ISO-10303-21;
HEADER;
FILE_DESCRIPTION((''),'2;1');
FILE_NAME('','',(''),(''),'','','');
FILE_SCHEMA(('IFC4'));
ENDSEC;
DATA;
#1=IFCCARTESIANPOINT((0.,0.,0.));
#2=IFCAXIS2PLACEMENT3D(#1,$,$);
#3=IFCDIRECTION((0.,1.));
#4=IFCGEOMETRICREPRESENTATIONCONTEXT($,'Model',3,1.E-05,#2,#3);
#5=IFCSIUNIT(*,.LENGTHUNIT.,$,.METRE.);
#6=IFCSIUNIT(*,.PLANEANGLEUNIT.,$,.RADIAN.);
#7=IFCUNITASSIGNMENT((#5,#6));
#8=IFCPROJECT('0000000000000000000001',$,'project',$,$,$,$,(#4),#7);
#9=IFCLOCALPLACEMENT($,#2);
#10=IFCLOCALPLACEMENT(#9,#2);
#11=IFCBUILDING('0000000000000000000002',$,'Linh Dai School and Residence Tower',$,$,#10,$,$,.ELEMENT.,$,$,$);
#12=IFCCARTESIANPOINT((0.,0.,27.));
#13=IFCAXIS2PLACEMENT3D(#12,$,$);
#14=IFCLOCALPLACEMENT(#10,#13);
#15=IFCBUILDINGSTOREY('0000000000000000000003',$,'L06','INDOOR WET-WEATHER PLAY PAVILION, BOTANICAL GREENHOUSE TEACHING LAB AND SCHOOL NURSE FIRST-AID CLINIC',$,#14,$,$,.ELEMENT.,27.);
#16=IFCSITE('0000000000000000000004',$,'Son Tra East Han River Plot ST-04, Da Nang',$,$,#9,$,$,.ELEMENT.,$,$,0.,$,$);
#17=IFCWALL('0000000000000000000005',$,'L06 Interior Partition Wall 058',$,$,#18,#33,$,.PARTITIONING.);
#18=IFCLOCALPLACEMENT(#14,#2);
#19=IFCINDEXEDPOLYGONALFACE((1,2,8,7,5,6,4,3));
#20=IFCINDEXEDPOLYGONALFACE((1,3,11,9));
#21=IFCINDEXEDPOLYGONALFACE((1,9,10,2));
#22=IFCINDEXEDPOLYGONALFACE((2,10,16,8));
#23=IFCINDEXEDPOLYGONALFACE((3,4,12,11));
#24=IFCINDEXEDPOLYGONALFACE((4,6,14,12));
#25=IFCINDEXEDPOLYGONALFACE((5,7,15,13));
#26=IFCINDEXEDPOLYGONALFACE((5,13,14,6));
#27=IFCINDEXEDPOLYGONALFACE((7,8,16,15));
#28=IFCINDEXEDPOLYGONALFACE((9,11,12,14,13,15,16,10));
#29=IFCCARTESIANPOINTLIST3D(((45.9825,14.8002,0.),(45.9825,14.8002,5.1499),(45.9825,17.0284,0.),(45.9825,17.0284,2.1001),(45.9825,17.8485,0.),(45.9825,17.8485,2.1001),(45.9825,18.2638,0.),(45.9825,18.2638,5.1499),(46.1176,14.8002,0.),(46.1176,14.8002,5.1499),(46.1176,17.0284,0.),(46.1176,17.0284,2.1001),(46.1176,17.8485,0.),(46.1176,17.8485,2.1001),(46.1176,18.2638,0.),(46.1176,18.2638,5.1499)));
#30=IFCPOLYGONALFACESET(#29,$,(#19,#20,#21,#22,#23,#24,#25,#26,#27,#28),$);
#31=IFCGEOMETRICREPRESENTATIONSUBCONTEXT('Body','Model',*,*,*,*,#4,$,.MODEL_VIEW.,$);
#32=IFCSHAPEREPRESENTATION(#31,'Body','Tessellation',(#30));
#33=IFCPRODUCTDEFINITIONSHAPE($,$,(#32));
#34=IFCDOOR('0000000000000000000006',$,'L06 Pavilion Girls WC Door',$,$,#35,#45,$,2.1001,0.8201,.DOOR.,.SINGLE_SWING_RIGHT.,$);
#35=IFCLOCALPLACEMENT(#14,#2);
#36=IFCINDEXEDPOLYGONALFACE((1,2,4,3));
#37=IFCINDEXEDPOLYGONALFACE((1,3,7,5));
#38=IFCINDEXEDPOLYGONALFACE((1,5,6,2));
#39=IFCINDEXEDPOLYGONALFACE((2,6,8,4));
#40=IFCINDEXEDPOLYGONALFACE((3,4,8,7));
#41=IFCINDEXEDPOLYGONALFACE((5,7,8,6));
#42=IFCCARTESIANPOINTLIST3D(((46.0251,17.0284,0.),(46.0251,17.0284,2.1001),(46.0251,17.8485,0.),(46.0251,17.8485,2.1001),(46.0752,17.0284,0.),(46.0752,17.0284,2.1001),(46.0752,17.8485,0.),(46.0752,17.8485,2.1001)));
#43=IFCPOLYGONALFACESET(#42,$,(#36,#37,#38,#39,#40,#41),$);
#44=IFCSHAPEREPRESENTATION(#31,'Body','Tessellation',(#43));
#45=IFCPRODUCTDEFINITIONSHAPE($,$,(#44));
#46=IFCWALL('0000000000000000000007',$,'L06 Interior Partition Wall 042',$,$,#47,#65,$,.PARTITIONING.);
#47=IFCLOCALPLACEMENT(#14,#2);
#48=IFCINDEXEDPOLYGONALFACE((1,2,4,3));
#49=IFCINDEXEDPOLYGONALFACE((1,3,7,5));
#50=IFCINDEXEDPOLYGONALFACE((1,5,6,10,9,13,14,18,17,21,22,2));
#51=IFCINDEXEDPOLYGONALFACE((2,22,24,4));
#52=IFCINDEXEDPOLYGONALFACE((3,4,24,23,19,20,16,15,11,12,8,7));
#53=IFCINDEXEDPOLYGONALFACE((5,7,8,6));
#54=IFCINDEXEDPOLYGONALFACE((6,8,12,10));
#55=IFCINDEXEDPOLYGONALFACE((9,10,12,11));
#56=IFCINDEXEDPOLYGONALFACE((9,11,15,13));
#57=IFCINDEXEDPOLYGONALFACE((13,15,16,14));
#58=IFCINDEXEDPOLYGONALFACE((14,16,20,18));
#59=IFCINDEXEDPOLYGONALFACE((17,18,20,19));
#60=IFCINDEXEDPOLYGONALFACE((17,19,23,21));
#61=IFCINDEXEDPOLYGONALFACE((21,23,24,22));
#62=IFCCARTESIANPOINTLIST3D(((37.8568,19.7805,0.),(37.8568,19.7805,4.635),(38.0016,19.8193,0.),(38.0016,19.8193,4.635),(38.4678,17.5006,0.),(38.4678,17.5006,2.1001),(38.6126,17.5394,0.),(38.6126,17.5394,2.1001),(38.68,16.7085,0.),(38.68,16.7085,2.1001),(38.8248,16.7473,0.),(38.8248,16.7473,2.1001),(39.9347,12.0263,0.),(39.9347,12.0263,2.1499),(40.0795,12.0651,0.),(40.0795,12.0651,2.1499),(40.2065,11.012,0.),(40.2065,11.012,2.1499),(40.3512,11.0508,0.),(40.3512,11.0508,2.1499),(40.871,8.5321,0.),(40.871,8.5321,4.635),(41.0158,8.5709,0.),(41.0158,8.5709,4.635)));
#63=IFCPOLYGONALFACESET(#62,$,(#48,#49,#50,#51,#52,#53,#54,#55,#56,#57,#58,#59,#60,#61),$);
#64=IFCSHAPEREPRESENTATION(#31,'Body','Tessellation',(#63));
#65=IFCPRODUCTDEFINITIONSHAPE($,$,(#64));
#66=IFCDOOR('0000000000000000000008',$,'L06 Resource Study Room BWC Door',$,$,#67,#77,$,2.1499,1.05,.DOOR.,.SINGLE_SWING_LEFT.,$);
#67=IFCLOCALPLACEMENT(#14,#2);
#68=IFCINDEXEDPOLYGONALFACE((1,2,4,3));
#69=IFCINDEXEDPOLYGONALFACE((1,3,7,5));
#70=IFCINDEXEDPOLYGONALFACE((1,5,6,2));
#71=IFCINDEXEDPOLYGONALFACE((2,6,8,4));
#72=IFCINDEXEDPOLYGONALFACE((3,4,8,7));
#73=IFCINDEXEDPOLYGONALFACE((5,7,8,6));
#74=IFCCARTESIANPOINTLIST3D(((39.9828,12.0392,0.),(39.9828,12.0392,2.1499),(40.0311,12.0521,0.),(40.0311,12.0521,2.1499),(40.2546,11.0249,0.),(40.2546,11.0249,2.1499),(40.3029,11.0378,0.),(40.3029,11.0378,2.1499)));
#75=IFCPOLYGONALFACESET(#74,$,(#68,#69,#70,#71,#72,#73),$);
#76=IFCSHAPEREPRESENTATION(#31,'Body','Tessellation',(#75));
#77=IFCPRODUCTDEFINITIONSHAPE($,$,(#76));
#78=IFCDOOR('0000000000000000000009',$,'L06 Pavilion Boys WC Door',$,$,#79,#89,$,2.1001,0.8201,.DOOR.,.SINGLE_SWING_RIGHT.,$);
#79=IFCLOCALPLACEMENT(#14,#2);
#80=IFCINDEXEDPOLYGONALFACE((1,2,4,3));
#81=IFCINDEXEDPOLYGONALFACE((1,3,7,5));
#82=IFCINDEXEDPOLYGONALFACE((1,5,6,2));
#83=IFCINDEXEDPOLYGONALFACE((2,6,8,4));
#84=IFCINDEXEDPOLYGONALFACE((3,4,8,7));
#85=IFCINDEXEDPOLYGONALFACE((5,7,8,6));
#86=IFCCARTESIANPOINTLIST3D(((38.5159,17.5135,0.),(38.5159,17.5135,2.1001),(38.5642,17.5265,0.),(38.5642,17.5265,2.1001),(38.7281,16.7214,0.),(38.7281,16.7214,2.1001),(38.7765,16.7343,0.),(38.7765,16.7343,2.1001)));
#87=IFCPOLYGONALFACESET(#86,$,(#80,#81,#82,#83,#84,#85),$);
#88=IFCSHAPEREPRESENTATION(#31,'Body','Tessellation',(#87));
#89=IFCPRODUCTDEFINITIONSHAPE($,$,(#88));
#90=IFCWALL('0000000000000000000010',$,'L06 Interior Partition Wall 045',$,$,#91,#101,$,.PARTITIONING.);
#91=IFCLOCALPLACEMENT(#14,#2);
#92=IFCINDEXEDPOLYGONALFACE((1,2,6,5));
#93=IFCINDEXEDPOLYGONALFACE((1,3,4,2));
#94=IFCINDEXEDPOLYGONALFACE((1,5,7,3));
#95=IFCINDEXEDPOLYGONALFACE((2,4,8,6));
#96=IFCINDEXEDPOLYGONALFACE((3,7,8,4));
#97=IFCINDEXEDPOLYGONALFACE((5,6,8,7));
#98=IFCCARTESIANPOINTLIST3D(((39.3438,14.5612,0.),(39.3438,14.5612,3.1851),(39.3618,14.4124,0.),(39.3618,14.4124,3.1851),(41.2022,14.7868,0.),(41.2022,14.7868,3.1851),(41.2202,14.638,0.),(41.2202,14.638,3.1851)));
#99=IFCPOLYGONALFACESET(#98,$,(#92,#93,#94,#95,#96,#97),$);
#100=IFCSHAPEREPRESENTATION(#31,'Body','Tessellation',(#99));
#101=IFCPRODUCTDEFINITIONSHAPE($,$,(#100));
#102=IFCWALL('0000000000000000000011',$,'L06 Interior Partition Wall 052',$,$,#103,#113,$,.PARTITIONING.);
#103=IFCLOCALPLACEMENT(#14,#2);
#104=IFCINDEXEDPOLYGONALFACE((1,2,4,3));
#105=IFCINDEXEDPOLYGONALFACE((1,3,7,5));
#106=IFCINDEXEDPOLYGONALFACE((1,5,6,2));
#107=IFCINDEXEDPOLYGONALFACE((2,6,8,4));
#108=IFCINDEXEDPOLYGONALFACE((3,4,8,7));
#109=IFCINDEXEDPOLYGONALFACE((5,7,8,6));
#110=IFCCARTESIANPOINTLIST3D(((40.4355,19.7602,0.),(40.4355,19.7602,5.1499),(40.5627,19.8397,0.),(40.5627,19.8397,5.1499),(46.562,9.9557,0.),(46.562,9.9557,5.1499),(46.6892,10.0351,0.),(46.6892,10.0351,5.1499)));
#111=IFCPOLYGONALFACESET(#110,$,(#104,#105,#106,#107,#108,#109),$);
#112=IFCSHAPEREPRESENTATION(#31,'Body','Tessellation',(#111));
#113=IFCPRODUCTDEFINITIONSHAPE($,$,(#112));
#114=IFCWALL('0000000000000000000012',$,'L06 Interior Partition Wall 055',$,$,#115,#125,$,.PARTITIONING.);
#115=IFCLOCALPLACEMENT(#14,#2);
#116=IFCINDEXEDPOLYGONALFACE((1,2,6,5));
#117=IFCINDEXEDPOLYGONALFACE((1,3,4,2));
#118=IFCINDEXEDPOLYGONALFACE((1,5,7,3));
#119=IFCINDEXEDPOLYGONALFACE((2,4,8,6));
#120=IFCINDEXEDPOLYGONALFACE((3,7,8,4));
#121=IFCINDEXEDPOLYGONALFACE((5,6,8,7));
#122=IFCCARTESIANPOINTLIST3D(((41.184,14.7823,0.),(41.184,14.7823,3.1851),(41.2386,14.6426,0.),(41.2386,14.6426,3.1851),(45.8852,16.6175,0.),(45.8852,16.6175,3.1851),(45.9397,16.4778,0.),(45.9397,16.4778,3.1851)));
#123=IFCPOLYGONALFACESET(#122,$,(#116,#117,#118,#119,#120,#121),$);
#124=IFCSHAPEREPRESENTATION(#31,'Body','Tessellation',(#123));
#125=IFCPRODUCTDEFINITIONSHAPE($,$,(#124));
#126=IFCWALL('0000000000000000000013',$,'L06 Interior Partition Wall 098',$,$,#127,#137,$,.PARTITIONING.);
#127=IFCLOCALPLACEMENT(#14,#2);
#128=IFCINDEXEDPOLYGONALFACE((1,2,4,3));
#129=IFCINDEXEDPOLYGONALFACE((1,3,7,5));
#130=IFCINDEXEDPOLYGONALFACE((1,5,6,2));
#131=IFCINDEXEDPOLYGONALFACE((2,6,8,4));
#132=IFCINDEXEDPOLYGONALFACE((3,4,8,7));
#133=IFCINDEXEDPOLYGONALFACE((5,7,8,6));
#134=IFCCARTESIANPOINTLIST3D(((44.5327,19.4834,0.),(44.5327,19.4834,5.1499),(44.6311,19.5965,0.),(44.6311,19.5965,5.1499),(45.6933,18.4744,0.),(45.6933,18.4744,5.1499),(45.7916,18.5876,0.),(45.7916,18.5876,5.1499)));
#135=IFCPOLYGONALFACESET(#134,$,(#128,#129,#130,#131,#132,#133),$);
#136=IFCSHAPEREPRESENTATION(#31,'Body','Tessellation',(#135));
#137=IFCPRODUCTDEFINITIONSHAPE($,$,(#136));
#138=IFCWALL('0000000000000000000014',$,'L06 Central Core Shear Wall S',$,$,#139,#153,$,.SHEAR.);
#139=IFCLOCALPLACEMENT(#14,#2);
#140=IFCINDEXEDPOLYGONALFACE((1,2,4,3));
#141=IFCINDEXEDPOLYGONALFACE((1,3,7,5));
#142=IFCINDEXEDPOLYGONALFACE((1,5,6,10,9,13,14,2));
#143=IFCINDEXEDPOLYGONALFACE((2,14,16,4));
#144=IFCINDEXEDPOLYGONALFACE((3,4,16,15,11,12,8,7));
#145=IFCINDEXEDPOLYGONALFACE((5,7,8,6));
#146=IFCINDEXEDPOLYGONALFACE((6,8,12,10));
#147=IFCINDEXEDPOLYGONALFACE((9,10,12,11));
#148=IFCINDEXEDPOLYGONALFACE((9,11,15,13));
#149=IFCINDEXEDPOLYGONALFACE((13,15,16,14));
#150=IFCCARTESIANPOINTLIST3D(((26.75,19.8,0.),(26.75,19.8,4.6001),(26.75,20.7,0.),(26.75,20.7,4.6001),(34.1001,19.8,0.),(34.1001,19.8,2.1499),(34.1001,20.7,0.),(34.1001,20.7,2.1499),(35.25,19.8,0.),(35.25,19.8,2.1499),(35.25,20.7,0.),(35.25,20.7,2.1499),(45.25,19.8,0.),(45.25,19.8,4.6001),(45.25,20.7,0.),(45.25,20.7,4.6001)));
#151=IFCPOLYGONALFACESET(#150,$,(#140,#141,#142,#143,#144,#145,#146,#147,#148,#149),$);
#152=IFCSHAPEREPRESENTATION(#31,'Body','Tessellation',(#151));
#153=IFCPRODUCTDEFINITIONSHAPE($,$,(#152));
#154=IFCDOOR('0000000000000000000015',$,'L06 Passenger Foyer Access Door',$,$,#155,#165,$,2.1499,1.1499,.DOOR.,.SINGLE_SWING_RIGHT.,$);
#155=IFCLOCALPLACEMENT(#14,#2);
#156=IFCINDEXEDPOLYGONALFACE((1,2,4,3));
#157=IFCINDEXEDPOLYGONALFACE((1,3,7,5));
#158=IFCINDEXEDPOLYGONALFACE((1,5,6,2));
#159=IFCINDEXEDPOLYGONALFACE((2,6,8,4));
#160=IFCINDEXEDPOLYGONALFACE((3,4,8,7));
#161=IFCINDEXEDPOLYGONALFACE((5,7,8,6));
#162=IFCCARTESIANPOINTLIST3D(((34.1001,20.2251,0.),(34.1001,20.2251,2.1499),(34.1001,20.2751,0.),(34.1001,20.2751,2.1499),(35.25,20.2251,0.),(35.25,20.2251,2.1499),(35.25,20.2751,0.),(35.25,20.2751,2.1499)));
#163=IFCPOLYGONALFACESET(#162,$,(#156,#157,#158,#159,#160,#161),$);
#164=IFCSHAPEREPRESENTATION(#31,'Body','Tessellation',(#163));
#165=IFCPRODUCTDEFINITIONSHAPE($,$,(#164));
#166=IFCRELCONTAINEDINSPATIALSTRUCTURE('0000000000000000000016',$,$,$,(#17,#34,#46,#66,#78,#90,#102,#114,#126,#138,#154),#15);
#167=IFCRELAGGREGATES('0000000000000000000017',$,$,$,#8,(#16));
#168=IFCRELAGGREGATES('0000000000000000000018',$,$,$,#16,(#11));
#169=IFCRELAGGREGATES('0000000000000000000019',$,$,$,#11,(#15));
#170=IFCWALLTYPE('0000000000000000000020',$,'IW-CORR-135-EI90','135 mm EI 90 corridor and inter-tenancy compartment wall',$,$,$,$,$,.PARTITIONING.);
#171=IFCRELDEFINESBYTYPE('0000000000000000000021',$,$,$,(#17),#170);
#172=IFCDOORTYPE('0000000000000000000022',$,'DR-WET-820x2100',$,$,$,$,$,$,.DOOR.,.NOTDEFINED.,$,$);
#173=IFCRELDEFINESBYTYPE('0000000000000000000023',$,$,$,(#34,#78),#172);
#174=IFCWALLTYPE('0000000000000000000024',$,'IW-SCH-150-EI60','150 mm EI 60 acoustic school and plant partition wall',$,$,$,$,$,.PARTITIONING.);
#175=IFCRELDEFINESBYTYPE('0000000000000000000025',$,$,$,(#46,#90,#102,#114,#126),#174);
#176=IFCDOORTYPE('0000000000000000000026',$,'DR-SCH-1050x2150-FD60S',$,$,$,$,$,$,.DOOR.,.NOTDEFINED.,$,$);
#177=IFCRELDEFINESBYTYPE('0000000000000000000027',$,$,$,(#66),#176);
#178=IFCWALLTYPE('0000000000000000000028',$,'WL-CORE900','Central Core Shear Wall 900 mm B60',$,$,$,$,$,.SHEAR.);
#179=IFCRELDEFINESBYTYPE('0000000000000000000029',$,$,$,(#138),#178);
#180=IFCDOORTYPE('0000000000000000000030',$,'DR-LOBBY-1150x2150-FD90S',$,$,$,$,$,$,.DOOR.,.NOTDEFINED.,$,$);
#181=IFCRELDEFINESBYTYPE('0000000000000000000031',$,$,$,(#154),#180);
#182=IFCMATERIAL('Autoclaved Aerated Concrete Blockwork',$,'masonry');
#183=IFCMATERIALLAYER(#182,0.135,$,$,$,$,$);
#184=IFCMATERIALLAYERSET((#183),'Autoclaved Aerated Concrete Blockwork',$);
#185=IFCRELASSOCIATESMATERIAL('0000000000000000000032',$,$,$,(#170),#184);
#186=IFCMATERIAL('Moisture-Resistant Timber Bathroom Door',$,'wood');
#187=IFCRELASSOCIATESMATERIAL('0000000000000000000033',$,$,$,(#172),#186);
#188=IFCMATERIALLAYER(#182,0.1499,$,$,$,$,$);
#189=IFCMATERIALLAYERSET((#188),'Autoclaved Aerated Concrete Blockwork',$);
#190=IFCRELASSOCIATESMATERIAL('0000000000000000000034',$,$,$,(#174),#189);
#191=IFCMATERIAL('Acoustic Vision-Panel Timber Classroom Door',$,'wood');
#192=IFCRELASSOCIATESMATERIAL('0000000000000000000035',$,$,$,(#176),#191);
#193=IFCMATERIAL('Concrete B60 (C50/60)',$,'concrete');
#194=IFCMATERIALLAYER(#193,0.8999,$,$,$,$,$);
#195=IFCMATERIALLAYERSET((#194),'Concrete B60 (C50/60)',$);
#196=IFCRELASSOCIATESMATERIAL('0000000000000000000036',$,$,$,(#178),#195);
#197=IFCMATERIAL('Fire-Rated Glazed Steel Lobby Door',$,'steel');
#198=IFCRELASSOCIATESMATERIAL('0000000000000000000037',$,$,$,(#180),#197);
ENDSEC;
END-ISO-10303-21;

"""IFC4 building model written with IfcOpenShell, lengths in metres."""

from ifc_helpers import new_model, si_unit, direction, frame, frame_2d, origin, origin_2d, place, context, subcontext, project, spatial, rectangle, extrude, source, transform, mapped, material, layer, layer_set, type_object, element, fill, save


model = new_model("IFC4")

# Units and contexts
model_context = context("Model", 3, precision=1e-05, world=origin(), true_north=direction((0.0, 1.0)))
body_context = subcontext(model_context, "Body", "Model", "MODEL_VIEW")
ifc_project = project(units=[si_unit("LENGTHUNIT", "METRE"), si_unit("PLANEANGLEUNIT", "RADIAN")], contexts=[model_context])

# Site, building, storey
site_placement = place(None, origin())
site = spatial("IfcSite", under=ifc_project, at=site_placement, Name="Son Tra East Han River Plot ST-04, Da Nang", CompositionType="ELEMENT", RefElevation=0.0)
building_placement = place(site_placement, origin())
building = spatial("IfcBuilding", under=site, at=building_placement, Name="Linh Dai School and Residence Tower", CompositionType="ELEMENT")
storey_placement = place(building_placement, frame((0.0, 0.0, 27.0)))
storey = spatial("IfcBuildingStorey", under=building, at=storey_placement, Name="L06", Description="INDOOR WET-WEATHER PLAY PAVILION, BOTANICAL GREENHOUSE TEACHING LAB AND SCHOOL NURSE FIRST-AID CLINIC", CompositionType="ELEMENT", Elevation=27.0)

# Shared definitions
ifc_material_1 = material(Name="Autoclaved Aerated Concrete Blockwork", Category="masonry")
ifc_layer_1 = layer(ifc_material_1, 0.135)
ifc_layer_set_1 = layer_set([ifc_layer_1], Name="Autoclaved Aerated Concrete Blockwork")
wall_type_1 = type_object("IfcWallType", Name="IW-CORR-135-EI90", Description="135 mm EI 90 corridor and inter-tenancy compartment wall", PredefinedType="PARTITIONING", material=ifc_layer_set_1)

# Wall, opening, door
wall_1_placement = place(storey_placement, frame((46.05, 14.8, 0.0), z_axis=(0.0, 0.0, 1.0), x_axis=(0.0, 1.0, 0.0)))
wall_1 = element("IfcWall", 1, at=wall_1_placement, inside=storey, type_object=wall_type_1, Name="L06 Interior Partition Wall 058", PredefinedType="PARTITIONING", context=body_context, shape_type="SweptSolid", body=[
    extrude(rectangle(XDim=3.4636, YDim=0.135, at=frame_2d((1.7319, 0.0))), origin(), (0.0, 0.0, 1.0), 5.1499),
])
opening_1_placement = place(wall_1_placement, frame((2.2283, 0.0, 0.0)))
opening_1 = element("IfcOpeningElement", 2, at=opening_1_placement, cuts=wall_1, PredefinedType="OPENING", context=body_context, shape_type="SweptSolid", body=[
    extrude(rectangle(XDim=0.8201, YDim=2.1001, at=origin_2d()), frame((0.4102, 0.0776, 1.05), z_axis=(0.0, -1.0, 0.0), x_axis=(1.0, 0.0, 0.0)), (0.0, 0.0, 1.0), 0.155),
])
ifc_material_2 = material(Name="Moisture-Resistant Timber Bathroom Door", Category="wood")
door_type_1 = type_object("IfcDoorType", Name="DR-WET-820x2100", OperationType="NOTDEFINED", PredefinedType="DOOR", material=ifc_material_2)
shared_shape_1 = source(origin(), body_context, "Body", "SweptSolid", [
    extrude(rectangle(XDim=0.8201, YDim=2.1001, at=origin_2d()), frame((0.4102, 0.0249, 1.05), z_axis=(0.0, -1.0, 0.0), x_axis=(1.0, 0.0, 0.0)), (0.0, 0.0, 1.0), 0.05),
])
door_1_placement = place(opening_1_placement, origin())
door_1 = element("IfcDoor", 3, at=door_1_placement, inside=storey, type_object=door_type_1, Name="L06 Pavilion Girls WC Door", OperationType="SINGLE_SWING_RIGHT", OverallHeight=2.1001, OverallWidth=0.8201, PredefinedType="DOOR", context=body_context, shape_type="MappedRepresentation", body=[
    mapped(shared_shape_1, transform((0.0, 0.0, 0.0), x_axis=(1.0, 0.0, 0.0), y_axis=(0.0, 1.0, 0.0), z_axis=(0.0, 0.0, 1.0), scale=1.0)),
])
fill(opening_1, door_1)

# Wall, openings, doors
ifc_layer_2 = layer(ifc_material_1, 0.1499)
ifc_layer_set_2 = layer_set([ifc_layer_2], Name="Autoclaved Aerated Concrete Blockwork")
wall_type_2 = type_object("IfcWallType", Name="IW-SCH-150-EI60", Description="150 mm EI 60 acoustic school and plant partition wall", PredefinedType="PARTITIONING", material=ifc_layer_set_2)
wall_2_placement = place(storey_placement, frame((37.9292, 19.8, 0.0), z_axis=(0.0, 0.0, 1.0), x_axis=(0.258829, -0.965923, 0.0)))
wall_2 = element("IfcWall", 4, at=wall_2_placement, inside=storey, type_object=wall_type_2, Name="L06 Interior Partition Wall 042", PredefinedType="PARTITIONING", context=body_context, shape_type="SweptSolid", body=[
    extrude(rectangle(XDim=11.6453, YDim=0.1499, at=frame_2d((5.8228, 0.0))), origin(), (0.0, 0.0, 1.0), 4.635),
])
opening_2_placement = place(wall_2_placement, frame((2.3604, 0.0, 0.0)))
opening_2 = element("IfcOpeningElement", 5, at=opening_2_placement, cuts=wall_2, PredefinedType="OPENING", context=body_context, shape_type="SweptSolid", body=[
    extrude(rectangle(XDim=0.8201, YDim=2.1001, at=origin_2d()), frame((0.4102, 0.085, 1.05), z_axis=(0.0, -1.0, 0.0), x_axis=(1.0, 0.0, 0.0)), (0.0, 0.0, 1.0), 0.1699),
])
opening_3_placement = place(wall_2_placement, frame((8.0281, 0.0, 0.0)))
opening_3 = element("IfcOpeningElement", 6, at=opening_3_placement, cuts=wall_2, PredefinedType="OPENING", context=body_context, shape_type="SweptSolid", body=[
    extrude(rectangle(XDim=1.05, YDim=2.1499, at=origin_2d()), frame((0.5249, 0.085, 1.075), z_axis=(0.0, -1.0, 0.0), x_axis=(1.0, 0.0, 0.0)), (0.0, 0.0, 1.0), 0.1699),
])
ifc_material_3 = material(Name="Acoustic Vision-Panel Timber Classroom Door", Category="wood")
door_type_2 = type_object("IfcDoorType", Name="DR-SCH-1050x2150-FD60S", OperationType="NOTDEFINED", PredefinedType="DOOR", material=ifc_material_3)
shared_shape_2 = source(origin(), body_context, "Body", "SweptSolid", [
    extrude(rectangle(XDim=1.05, YDim=2.1499, at=origin_2d()), frame((0.5249, 0.0249, 1.075), z_axis=(0.0, -1.0, 0.0), x_axis=(1.0, 0.0, 0.0)), (0.0, 0.0, 1.0), 0.05),
])
door_2_placement = place(opening_3_placement, origin())
door_2 = element("IfcDoor", 7, at=door_2_placement, inside=storey, type_object=door_type_2, Name="L06 Resource Study Room BWC Door", OperationType="SINGLE_SWING_LEFT", OverallHeight=2.1499, OverallWidth=1.05, PredefinedType="DOOR", context=body_context, shape_type="MappedRepresentation", body=[
    mapped(shared_shape_2, transform((0.0, 0.0, 0.0), x_axis=(1.0, 0.0, 0.0), y_axis=(0.0, 1.0, 0.0), z_axis=(0.0, 0.0, 1.0), scale=1.0)),
])
fill(opening_3, door_2)
door_3_placement = place(opening_2_placement, origin())
door_3 = element("IfcDoor", 8, at=door_3_placement, inside=storey, type_object=door_type_1, Name="L06 Pavilion Boys WC Door", OperationType="SINGLE_SWING_RIGHT", OverallHeight=2.1001, OverallWidth=0.8201, PredefinedType="DOOR", context=body_context, shape_type="MappedRepresentation", body=[
    mapped(shared_shape_1, transform((0.0, 0.0, 0.0), x_axis=(1.0, 0.0, 0.0), y_axis=(0.0, 1.0, 0.0), z_axis=(0.0, 0.0, 1.0), scale=1.0)),
])
fill(opening_2, door_3)

# Walls
wall_3_placement = place(storey_placement, frame((39.3528, 14.4868, 0.0), z_axis=(0.0, 0.0, 1.0), x_axis=(0.992713, 0.120503, 0.0)))
element("IfcWall", 9, at=wall_3_placement, inside=storey, type_object=wall_type_2, Name="L06 Interior Partition Wall 045", PredefinedType="PARTITIONING", context=body_context, shape_type="SweptSolid", body=[
    extrude(rectangle(XDim=1.8721, YDim=0.1499, at=frame_2d((0.936, 0.0))), origin(), (0.0, 0.0, 1.0), 3.1851),
])
wall_4_placement = place(storey_placement, frame((40.499, 19.8, 0.0), z_axis=(0.0, 0.0, 1.0), x_axis=(0.529917, -0.848049, 0.0)))
element("IfcWall", 10, at=wall_4_placement, inside=storey, type_object=wall_type_2, Name="L06 Interior Partition Wall 052", PredefinedType="PARTITIONING", context=body_context, shape_type="SweptSolid", body=[
    extrude(rectangle(XDim=11.5613, YDim=0.1499, at=frame_2d((5.7808, 0.0))), origin(), (0.0, 0.0, 1.0), 5.1499),
])
wall_5_placement = place(storey_placement, frame((41.2112, 14.7124, 0.0), z_axis=(0.0, 0.0, 1.0), x_axis=(0.931537, 0.363646, 0.0)))
element("IfcWall", 11, at=wall_5_placement, inside=storey, type_object=wall_type_2, Name="L06 Interior Partition Wall 055", PredefinedType="PARTITIONING", context=body_context, shape_type="SweptSolid", body=[
    extrude(rectangle(XDim=5.0466, YDim=0.1499, at=frame_2d((2.5234, 0.0))), origin(), (0.0, 0.0, 1.0), 3.1851),
])
wall_6_placement = place(storey_placement, frame((44.5818, 19.54, 0.0), z_axis=(0.0, 0.0, 1.0), x_axis=(0.754677, -0.656096, 0.0)))
element("IfcWall", 12, at=wall_6_placement, inside=storey, type_object=wall_type_2, Name="L06 Interior Partition Wall 098", PredefinedType="PARTITIONING", context=body_context, shape_type="SweptSolid", body=[
    extrude(rectangle(XDim=1.5378, YDim=0.1499, at=frame_2d((0.769, 0.0))), origin(), (0.0, 0.0, 1.0), 5.1499),
])

# Wall, opening, door
ifc_material_4 = material(Name="Concrete B60 (C50/60)", Category="concrete")
ifc_layer_3 = layer(ifc_material_4, 0.8999)
ifc_layer_set_3 = layer_set([ifc_layer_3], Name="Concrete B60 (C50/60)")
wall_type_3 = type_object("IfcWallType", Name="WL-CORE900", Description="Central Core Shear Wall 900 mm B60", PredefinedType="SHEAR", material=ifc_layer_set_3)
wall_7_placement = place(storey_placement, frame((45.25, 20.25, 0.0), z_axis=(0.0, 0.0, 1.0), x_axis=(-1.0, 0.0, 0.0)))
wall_7 = element("IfcWall", 13, at=wall_7_placement, inside=storey, type_object=wall_type_3, Name="L06 Central Core Shear Wall S", PredefinedType="SHEAR", context=body_context, shape_type="SweptSolid", body=[
    extrude(rectangle(XDim=18.5, YDim=0.8999, at=frame_2d((9.25, 0.0))), origin(), (0.0, 0.0, 1.0), 4.6001),
])
opening_4_placement = place(wall_7_placement, frame((10.0, 0.0, 0.0)))
opening_4 = element("IfcOpeningElement", 14, at=opening_4_placement, cuts=wall_7, PredefinedType="OPENING", context=body_context, shape_type="SweptSolid", body=[
    extrude(rectangle(XDim=1.1499, YDim=2.1499, at=origin_2d()), frame((0.575, 0.46, 1.075), z_axis=(0.0, -1.0, 0.0), x_axis=(1.0, 0.0, 0.0)), (0.0, 0.0, 1.0), 0.9199),
])
ifc_material_5 = material(Name="Fire-Rated Glazed Steel Lobby Door", Category="steel")
door_type_3 = type_object("IfcDoorType", Name="DR-LOBBY-1150x2150-FD90S", OperationType="NOTDEFINED", PredefinedType="DOOR", material=ifc_material_5)
shared_shape_3 = source(origin(), body_context, "Body", "SweptSolid", [
    extrude(rectangle(XDim=1.1499, YDim=2.1499, at=origin_2d()), frame((0.575, 0.0249, 1.075), z_axis=(0.0, -1.0, 0.0), x_axis=(1.0, 0.0, 0.0)), (0.0, 0.0, 1.0), 0.05),
])
door_4_placement = place(opening_4_placement, origin())
door_4 = element("IfcDoor", 15, at=door_4_placement, inside=storey, type_object=door_type_3, Name="L06 Passenger Foyer Access Door", OperationType="SINGLE_SWING_RIGHT", OverallHeight=2.1499, OverallWidth=1.1499, PredefinedType="DOOR", context=body_context, shape_type="MappedRepresentation", body=[
    mapped(shared_shape_3, transform((0.0, 0.0, 0.0), x_axis=(1.0, 0.0, 0.0), y_axis=(0.0, 1.0, 0.0), z_axis=(0.0, 0.0, 1.0), scale=1.0)),
])
fill(opening_4, door_4)

save(model, "model.ifc")
